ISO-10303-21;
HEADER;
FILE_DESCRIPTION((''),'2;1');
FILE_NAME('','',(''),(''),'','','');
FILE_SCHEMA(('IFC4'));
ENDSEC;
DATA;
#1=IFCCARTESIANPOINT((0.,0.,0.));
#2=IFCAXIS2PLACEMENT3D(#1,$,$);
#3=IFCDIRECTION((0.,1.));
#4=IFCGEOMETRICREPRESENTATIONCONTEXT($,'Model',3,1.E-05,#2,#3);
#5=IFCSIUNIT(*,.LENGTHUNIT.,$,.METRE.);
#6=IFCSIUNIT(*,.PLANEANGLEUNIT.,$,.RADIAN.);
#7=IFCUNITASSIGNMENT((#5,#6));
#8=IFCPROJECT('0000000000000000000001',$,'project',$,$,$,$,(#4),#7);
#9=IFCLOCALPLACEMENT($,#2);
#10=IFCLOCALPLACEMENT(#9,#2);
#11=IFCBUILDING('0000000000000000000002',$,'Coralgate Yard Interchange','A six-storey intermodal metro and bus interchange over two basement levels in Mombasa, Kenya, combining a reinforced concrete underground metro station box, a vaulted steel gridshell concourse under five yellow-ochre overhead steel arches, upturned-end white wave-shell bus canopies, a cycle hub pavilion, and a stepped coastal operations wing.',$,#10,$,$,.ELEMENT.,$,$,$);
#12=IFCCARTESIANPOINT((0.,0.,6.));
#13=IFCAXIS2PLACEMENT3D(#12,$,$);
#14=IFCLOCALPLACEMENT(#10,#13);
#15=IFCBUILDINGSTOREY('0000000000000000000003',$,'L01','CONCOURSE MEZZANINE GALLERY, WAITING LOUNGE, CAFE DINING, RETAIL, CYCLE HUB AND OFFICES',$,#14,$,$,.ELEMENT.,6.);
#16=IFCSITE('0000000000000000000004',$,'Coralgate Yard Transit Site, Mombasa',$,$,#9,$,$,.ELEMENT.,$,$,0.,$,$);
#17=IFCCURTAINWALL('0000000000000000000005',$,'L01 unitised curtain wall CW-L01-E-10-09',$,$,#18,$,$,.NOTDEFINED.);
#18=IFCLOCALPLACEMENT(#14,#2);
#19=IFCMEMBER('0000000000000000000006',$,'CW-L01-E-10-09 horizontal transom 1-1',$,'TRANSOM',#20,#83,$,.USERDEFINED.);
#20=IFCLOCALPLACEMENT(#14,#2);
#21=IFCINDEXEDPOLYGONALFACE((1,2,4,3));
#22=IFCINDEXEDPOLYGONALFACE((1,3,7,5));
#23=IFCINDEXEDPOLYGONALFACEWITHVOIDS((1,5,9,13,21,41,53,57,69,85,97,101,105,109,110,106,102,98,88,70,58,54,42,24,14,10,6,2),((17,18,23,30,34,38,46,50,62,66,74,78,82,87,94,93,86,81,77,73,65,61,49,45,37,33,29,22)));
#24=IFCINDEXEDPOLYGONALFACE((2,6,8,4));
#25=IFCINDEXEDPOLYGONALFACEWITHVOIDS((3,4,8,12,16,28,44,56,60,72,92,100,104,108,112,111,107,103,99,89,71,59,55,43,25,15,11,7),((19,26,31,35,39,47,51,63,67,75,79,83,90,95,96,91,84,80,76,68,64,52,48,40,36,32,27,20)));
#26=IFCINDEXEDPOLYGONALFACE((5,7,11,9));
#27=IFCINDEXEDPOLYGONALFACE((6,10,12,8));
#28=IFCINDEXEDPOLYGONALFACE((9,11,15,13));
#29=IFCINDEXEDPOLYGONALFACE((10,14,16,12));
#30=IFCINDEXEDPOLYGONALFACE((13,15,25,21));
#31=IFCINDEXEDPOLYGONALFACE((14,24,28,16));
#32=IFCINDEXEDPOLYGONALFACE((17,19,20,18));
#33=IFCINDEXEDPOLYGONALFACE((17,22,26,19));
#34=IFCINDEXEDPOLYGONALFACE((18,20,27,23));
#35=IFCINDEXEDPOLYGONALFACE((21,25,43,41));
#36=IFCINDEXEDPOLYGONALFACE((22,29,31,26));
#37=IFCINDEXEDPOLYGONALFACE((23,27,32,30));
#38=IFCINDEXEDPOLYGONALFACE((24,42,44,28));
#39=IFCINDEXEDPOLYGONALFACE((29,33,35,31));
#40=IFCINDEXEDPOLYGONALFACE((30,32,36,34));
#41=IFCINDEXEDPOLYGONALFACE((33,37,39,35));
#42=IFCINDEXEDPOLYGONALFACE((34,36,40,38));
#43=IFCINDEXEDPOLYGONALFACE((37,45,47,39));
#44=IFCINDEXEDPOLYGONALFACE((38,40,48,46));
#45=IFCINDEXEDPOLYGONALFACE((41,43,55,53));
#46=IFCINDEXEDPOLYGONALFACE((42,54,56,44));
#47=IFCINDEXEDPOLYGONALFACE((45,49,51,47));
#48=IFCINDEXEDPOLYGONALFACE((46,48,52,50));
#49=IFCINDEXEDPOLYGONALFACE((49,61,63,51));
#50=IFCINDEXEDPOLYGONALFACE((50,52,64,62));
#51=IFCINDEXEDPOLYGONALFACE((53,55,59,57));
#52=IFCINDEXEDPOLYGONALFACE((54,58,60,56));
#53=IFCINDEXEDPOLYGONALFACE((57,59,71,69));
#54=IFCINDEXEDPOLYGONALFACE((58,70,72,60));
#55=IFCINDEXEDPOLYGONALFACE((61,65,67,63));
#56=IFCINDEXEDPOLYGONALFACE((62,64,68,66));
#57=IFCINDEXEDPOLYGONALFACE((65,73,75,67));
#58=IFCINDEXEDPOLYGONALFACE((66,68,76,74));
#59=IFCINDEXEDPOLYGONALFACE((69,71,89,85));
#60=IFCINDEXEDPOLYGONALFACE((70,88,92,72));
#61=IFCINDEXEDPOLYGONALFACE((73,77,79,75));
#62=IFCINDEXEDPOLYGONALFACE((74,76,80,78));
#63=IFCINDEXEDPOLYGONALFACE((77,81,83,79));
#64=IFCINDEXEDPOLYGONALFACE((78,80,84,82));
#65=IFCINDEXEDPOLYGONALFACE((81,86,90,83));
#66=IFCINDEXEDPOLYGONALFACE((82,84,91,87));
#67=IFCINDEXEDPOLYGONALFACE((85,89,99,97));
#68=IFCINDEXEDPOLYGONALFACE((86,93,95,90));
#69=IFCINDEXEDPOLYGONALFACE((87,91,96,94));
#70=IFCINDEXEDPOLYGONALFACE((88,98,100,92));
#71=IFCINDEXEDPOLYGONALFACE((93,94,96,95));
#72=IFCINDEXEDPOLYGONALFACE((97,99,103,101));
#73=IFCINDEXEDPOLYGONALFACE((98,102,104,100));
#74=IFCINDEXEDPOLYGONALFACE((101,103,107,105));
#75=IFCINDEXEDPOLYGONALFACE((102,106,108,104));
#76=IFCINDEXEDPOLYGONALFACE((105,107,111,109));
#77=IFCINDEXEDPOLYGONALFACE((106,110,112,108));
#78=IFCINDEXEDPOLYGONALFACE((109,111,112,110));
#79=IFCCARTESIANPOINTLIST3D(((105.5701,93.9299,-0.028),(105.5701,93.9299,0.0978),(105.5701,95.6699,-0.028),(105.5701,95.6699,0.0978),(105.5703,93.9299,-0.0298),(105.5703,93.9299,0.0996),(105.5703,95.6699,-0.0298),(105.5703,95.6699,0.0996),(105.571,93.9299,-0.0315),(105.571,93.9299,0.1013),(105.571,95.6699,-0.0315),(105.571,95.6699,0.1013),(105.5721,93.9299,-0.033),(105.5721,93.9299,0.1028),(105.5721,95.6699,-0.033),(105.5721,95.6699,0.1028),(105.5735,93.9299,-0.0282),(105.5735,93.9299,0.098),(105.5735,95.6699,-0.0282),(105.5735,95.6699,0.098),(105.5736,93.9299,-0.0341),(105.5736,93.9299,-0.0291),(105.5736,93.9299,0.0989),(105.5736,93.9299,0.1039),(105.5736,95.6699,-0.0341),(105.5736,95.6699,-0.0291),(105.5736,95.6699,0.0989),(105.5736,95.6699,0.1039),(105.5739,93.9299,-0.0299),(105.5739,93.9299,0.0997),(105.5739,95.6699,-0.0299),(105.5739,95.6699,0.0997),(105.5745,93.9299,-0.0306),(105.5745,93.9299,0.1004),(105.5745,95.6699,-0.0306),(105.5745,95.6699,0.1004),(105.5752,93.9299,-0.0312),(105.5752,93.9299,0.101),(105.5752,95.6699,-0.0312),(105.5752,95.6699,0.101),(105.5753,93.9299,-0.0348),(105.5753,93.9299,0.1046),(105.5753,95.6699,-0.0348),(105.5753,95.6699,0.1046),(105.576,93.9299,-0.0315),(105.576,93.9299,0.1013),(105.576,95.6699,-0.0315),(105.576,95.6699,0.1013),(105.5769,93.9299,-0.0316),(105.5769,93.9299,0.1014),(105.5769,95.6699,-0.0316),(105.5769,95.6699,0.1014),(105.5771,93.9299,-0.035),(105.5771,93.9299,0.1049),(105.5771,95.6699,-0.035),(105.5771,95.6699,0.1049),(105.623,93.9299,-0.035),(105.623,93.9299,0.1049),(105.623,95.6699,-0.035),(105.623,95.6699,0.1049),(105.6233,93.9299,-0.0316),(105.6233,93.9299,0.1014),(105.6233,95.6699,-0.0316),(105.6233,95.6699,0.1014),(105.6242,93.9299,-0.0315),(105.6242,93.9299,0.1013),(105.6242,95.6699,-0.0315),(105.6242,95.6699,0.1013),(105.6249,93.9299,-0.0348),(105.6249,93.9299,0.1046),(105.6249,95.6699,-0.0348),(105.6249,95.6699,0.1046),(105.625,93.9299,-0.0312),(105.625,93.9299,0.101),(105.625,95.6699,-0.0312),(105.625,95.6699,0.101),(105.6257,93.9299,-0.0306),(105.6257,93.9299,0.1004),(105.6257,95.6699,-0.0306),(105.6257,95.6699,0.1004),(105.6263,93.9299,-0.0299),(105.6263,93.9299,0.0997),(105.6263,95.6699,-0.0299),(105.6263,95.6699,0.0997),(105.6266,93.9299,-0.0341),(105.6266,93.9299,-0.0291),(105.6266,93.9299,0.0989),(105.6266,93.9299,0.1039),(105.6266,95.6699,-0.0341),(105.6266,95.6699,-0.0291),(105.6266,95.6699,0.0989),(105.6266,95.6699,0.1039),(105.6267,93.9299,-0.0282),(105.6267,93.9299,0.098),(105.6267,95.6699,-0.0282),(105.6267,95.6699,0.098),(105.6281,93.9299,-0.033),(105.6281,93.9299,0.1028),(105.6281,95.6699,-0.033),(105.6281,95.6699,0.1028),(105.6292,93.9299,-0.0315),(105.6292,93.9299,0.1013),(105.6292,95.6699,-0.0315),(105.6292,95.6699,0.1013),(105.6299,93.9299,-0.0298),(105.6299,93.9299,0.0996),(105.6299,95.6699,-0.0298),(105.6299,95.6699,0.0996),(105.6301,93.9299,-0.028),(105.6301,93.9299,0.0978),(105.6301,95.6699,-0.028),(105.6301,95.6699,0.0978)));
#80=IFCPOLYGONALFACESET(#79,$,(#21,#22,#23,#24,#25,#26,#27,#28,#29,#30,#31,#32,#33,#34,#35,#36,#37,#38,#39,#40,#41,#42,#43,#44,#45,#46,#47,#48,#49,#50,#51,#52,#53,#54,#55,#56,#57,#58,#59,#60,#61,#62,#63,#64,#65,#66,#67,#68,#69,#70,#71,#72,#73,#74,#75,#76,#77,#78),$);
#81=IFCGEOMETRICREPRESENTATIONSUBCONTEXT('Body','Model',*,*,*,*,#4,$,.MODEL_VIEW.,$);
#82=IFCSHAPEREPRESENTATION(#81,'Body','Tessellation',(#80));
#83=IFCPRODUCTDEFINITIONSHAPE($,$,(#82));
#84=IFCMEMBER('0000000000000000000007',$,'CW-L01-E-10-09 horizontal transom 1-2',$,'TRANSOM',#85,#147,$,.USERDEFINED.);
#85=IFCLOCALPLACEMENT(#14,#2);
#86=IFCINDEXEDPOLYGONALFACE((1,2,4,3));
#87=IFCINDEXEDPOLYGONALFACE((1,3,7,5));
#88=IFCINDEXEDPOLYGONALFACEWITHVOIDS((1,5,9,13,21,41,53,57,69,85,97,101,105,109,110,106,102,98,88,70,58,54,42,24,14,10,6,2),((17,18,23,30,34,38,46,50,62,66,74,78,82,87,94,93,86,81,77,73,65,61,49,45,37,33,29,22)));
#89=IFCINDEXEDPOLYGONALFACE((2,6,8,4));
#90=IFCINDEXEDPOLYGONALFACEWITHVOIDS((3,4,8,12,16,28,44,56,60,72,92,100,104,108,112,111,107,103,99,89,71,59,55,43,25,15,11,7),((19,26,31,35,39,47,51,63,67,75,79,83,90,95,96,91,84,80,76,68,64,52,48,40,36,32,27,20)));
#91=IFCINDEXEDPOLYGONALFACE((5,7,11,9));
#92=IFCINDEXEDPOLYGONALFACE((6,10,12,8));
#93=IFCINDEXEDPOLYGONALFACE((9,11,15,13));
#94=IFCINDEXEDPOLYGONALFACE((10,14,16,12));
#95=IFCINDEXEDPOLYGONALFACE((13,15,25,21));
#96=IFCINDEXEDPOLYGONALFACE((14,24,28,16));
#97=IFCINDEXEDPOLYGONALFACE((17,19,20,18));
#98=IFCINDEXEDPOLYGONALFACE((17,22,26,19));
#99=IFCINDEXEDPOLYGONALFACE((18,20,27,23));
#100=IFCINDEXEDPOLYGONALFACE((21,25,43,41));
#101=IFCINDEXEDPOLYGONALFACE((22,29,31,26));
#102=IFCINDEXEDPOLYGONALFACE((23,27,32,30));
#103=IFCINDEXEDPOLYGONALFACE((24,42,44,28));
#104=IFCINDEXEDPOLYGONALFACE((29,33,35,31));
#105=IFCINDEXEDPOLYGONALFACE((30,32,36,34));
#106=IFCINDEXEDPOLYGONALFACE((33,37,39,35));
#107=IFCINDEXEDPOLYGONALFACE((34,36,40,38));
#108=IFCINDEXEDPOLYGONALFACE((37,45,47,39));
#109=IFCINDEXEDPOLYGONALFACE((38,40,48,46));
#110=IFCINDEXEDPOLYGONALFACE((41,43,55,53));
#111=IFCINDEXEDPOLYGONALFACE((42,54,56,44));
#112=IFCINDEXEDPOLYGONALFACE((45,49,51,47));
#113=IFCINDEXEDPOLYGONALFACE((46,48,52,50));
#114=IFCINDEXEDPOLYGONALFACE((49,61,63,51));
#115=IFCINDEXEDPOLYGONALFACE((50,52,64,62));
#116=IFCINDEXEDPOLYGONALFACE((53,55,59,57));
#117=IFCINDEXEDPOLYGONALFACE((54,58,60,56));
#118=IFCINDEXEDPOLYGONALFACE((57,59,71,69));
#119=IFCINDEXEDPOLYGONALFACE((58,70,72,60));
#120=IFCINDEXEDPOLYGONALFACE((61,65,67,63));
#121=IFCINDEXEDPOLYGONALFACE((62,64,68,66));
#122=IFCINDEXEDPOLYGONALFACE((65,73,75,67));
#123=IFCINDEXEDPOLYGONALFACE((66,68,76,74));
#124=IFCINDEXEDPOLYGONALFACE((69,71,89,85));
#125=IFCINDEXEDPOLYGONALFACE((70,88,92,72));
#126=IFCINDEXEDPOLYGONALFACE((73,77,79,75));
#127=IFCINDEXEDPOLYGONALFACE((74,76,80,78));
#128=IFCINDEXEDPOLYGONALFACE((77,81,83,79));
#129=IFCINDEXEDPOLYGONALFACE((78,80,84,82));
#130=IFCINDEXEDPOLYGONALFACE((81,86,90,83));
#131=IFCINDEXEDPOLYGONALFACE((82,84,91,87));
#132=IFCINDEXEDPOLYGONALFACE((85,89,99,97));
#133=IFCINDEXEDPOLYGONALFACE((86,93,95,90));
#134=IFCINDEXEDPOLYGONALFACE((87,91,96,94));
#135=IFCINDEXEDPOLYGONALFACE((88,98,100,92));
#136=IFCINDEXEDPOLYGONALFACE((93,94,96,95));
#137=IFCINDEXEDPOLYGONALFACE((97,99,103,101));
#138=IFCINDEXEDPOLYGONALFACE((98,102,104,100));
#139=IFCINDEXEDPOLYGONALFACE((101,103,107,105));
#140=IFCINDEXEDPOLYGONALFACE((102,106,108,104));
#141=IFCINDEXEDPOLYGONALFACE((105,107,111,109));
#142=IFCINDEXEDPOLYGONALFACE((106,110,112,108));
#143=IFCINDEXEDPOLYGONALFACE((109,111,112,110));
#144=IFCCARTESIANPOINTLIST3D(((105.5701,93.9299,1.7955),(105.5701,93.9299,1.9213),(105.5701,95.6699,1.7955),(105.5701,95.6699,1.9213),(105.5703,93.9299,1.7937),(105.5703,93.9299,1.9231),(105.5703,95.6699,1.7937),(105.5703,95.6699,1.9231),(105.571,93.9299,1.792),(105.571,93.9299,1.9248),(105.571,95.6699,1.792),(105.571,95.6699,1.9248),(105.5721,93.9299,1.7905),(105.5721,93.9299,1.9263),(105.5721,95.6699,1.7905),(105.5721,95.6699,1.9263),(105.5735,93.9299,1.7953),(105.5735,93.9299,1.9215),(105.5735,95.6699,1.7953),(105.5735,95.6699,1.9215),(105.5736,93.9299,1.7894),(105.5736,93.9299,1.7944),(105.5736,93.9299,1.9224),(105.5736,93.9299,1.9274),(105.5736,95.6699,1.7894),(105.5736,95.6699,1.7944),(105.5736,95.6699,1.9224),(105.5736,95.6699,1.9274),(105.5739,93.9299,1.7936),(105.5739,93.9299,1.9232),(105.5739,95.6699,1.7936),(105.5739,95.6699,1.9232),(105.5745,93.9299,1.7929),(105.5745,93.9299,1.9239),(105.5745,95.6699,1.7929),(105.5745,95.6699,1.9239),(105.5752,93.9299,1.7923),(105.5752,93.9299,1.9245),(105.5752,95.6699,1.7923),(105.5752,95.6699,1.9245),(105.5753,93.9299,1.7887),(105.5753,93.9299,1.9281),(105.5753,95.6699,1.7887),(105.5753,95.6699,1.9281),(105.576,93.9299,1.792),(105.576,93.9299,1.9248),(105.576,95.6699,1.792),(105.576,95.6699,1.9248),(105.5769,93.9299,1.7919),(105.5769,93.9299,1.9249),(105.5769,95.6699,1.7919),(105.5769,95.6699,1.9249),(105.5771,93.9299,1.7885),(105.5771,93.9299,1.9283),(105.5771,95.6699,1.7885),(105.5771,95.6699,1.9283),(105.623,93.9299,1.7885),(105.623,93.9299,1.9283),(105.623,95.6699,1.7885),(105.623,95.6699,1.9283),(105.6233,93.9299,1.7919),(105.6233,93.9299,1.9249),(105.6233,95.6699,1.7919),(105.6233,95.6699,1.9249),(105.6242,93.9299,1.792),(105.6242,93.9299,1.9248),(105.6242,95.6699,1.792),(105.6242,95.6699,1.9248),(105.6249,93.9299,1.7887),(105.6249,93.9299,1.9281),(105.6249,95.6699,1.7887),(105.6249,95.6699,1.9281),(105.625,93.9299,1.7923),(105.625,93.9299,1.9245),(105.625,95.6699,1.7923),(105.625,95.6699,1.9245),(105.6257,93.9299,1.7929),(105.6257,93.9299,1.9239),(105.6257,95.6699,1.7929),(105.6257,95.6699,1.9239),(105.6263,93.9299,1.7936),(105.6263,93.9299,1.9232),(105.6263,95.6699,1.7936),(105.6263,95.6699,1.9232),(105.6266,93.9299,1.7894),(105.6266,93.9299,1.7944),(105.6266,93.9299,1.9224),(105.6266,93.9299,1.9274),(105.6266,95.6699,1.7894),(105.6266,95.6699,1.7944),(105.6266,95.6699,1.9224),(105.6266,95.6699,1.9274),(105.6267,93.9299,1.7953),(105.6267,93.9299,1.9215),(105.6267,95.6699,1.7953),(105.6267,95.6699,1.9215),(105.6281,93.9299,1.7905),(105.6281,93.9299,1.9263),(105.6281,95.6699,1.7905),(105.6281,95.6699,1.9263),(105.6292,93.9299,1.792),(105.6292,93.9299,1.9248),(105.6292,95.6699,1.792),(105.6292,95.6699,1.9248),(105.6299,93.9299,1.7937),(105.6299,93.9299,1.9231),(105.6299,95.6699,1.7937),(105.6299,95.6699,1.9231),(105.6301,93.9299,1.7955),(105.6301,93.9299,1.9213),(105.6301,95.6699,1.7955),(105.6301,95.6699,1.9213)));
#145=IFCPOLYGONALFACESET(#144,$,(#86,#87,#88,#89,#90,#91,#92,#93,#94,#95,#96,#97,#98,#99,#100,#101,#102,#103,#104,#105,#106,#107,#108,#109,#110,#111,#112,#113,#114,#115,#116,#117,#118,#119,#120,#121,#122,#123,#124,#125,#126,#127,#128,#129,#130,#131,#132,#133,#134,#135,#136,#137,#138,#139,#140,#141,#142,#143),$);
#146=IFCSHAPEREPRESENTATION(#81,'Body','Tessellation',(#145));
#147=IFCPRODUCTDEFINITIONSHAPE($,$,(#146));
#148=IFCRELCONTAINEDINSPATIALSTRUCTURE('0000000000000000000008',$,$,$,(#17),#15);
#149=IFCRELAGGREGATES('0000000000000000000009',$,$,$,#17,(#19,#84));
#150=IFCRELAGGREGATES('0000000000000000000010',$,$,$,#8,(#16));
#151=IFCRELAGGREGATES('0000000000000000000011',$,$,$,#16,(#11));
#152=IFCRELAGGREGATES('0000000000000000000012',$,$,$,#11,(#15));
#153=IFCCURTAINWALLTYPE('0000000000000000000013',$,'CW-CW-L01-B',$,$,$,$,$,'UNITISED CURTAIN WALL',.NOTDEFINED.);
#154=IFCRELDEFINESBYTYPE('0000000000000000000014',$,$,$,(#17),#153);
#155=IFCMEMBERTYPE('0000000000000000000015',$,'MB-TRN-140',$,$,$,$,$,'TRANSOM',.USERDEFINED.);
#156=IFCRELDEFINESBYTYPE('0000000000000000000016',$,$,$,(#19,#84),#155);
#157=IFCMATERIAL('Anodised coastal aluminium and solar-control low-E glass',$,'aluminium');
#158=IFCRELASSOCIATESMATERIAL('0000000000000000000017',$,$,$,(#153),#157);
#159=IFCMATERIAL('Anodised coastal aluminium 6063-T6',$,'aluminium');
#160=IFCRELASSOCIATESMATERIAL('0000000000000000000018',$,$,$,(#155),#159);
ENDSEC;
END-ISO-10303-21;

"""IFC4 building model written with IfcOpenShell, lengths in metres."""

from ifc_helpers import new_model, si_unit, direction, frame, origin, origin_2d, place, context, subcontext, project, spatial, hollow_rectangle, extrude, material, material_profile, profile_set, type_object, element, aggregate, save


model = new_model("IFC4")

# Units and contexts
model_context = context("Model", 3, precision=1e-05, world=origin(), true_north=direction((0.0, 1.0)))
body_context = subcontext(model_context, "Body", "Model", "MODEL_VIEW")
ifc_project = project(units=[si_unit("LENGTHUNIT", "METRE"), si_unit("PLANEANGLEUNIT", "RADIAN")], contexts=[model_context])

# Site, building, storey
site_placement = place(None, origin())
site = spatial("IfcSite", under=ifc_project, at=site_placement, Name="Coralgate Yard Transit Site, Mombasa", CompositionType="ELEMENT", RefElevation=0.0)
building_placement = place(site_placement, origin())
building = spatial("IfcBuilding", under=site, at=building_placement, Name="Coralgate Yard Interchange", Description="A six-storey intermodal metro and bus interchange over two basement levels in Mombasa, Kenya, combining a reinforced concrete underground metro station box, a vaulted steel gridshell concourse under five yellow-ochre overhead steel arches, upturned-end white wave-shell bus canopies, a cycle hub pavilion, and a stepped coastal operations wing.", CompositionType="ELEMENT")
storey_placement = place(building_placement, frame((0.0, 0.0, 6.0)))
storey = spatial("IfcBuildingStorey", under=building, at=storey_placement, Name="L01", Description="CONCOURSE MEZZANINE GALLERY, WAITING LOUNGE, CAFE DINING, RETAIL, CYCLE HUB AND OFFICES", CompositionType="ELEMENT", Elevation=6.0)

# Shared definitions
ifc_material_1 = material(Name="Anodised coastal aluminium and solar-control low-E glass", Category="aluminium")
ifc_material_2 = material(Name="Anodised coastal aluminium 6063-T6", Category="aluminium")

# Curtain wall
curtain_wall_type_1 = type_object("IfcCurtainWallType", Name="CW-CW-L01-B", ElementType="UNITISED CURTAIN WALL", PredefinedType="NOTDEFINED", material=ifc_material_1)
curtain_wall_1_placement = place(storey_placement, origin())
curtain_wall_1 = element("IfcCurtainWall", 1, at=curtain_wall_1_placement, inside=storey, type_object=curtain_wall_type_1, Name="L01 unitised curtain wall CW-L01-E-10-09", PredefinedType="NOTDEFINED")

# Members
ifc_material_profile_1 = material_profile(ifc_material_2, hollow_rectangle(XDim=0.0601, YDim=0.1399, WallThickness=0.0034, InnerFilletRadius=0.0034, OuterFilletRadius=0.0071, at=origin_2d()), Name="ALU 60x140x3.5")
ifc_profile_set_1 = profile_set([ifc_material_profile_1], Name="Anodised coastal aluminium 6063-T6")
member_type_1 = type_object("IfcMemberType", Name="MB-TRN-140", ElementType="TRANSOM", PredefinedType="USERDEFINED", material=ifc_profile_set_1)
member_1_placement = place(storey_placement, frame((105.6001, 95.6699, 0.0349), z_axis=(0.0, -1.0, 0.0), x_axis=(1.0, 0.0, 0.0)))
member_1 = element("IfcMember", 2, at=member_1_placement, type_object=member_type_1, Name="CW-L01-E-10-09 horizontal transom 1-1", ObjectType="TRANSOM", PredefinedType="USERDEFINED", context=body_context, shape_type="SweptSolid", body=[
    extrude(hollow_rectangle(XDim=0.0601, YDim=0.1399, WallThickness=0.0034, InnerFilletRadius=0.0034, OuterFilletRadius=0.0071, at=origin_2d()), origin(), (0.0, 0.0, 1.0), 1.74),
])
member_2_placement = place(storey_placement, frame((105.6001, 95.6699, 1.8584), z_axis=(0.0, -1.0, 0.0), x_axis=(1.0, 0.0, 0.0)))
member_2 = element("IfcMember", 3, at=member_2_placement, type_object=member_type_1, Name="CW-L01-E-10-09 horizontal transom 1-2", ObjectType="TRANSOM", PredefinedType="USERDEFINED", context=body_context, shape_type="SweptSolid", body=[
    extrude(hollow_rectangle(XDim=0.0601, YDim=0.1399, WallThickness=0.0034, InnerFilletRadius=0.0034, OuterFilletRadius=0.0071, at=origin_2d()), origin(), (0.0, 0.0, 1.0), 1.74),
])
aggregate(curtain_wall_1, [member_1, member_2])

save(model, "model.ifc")
